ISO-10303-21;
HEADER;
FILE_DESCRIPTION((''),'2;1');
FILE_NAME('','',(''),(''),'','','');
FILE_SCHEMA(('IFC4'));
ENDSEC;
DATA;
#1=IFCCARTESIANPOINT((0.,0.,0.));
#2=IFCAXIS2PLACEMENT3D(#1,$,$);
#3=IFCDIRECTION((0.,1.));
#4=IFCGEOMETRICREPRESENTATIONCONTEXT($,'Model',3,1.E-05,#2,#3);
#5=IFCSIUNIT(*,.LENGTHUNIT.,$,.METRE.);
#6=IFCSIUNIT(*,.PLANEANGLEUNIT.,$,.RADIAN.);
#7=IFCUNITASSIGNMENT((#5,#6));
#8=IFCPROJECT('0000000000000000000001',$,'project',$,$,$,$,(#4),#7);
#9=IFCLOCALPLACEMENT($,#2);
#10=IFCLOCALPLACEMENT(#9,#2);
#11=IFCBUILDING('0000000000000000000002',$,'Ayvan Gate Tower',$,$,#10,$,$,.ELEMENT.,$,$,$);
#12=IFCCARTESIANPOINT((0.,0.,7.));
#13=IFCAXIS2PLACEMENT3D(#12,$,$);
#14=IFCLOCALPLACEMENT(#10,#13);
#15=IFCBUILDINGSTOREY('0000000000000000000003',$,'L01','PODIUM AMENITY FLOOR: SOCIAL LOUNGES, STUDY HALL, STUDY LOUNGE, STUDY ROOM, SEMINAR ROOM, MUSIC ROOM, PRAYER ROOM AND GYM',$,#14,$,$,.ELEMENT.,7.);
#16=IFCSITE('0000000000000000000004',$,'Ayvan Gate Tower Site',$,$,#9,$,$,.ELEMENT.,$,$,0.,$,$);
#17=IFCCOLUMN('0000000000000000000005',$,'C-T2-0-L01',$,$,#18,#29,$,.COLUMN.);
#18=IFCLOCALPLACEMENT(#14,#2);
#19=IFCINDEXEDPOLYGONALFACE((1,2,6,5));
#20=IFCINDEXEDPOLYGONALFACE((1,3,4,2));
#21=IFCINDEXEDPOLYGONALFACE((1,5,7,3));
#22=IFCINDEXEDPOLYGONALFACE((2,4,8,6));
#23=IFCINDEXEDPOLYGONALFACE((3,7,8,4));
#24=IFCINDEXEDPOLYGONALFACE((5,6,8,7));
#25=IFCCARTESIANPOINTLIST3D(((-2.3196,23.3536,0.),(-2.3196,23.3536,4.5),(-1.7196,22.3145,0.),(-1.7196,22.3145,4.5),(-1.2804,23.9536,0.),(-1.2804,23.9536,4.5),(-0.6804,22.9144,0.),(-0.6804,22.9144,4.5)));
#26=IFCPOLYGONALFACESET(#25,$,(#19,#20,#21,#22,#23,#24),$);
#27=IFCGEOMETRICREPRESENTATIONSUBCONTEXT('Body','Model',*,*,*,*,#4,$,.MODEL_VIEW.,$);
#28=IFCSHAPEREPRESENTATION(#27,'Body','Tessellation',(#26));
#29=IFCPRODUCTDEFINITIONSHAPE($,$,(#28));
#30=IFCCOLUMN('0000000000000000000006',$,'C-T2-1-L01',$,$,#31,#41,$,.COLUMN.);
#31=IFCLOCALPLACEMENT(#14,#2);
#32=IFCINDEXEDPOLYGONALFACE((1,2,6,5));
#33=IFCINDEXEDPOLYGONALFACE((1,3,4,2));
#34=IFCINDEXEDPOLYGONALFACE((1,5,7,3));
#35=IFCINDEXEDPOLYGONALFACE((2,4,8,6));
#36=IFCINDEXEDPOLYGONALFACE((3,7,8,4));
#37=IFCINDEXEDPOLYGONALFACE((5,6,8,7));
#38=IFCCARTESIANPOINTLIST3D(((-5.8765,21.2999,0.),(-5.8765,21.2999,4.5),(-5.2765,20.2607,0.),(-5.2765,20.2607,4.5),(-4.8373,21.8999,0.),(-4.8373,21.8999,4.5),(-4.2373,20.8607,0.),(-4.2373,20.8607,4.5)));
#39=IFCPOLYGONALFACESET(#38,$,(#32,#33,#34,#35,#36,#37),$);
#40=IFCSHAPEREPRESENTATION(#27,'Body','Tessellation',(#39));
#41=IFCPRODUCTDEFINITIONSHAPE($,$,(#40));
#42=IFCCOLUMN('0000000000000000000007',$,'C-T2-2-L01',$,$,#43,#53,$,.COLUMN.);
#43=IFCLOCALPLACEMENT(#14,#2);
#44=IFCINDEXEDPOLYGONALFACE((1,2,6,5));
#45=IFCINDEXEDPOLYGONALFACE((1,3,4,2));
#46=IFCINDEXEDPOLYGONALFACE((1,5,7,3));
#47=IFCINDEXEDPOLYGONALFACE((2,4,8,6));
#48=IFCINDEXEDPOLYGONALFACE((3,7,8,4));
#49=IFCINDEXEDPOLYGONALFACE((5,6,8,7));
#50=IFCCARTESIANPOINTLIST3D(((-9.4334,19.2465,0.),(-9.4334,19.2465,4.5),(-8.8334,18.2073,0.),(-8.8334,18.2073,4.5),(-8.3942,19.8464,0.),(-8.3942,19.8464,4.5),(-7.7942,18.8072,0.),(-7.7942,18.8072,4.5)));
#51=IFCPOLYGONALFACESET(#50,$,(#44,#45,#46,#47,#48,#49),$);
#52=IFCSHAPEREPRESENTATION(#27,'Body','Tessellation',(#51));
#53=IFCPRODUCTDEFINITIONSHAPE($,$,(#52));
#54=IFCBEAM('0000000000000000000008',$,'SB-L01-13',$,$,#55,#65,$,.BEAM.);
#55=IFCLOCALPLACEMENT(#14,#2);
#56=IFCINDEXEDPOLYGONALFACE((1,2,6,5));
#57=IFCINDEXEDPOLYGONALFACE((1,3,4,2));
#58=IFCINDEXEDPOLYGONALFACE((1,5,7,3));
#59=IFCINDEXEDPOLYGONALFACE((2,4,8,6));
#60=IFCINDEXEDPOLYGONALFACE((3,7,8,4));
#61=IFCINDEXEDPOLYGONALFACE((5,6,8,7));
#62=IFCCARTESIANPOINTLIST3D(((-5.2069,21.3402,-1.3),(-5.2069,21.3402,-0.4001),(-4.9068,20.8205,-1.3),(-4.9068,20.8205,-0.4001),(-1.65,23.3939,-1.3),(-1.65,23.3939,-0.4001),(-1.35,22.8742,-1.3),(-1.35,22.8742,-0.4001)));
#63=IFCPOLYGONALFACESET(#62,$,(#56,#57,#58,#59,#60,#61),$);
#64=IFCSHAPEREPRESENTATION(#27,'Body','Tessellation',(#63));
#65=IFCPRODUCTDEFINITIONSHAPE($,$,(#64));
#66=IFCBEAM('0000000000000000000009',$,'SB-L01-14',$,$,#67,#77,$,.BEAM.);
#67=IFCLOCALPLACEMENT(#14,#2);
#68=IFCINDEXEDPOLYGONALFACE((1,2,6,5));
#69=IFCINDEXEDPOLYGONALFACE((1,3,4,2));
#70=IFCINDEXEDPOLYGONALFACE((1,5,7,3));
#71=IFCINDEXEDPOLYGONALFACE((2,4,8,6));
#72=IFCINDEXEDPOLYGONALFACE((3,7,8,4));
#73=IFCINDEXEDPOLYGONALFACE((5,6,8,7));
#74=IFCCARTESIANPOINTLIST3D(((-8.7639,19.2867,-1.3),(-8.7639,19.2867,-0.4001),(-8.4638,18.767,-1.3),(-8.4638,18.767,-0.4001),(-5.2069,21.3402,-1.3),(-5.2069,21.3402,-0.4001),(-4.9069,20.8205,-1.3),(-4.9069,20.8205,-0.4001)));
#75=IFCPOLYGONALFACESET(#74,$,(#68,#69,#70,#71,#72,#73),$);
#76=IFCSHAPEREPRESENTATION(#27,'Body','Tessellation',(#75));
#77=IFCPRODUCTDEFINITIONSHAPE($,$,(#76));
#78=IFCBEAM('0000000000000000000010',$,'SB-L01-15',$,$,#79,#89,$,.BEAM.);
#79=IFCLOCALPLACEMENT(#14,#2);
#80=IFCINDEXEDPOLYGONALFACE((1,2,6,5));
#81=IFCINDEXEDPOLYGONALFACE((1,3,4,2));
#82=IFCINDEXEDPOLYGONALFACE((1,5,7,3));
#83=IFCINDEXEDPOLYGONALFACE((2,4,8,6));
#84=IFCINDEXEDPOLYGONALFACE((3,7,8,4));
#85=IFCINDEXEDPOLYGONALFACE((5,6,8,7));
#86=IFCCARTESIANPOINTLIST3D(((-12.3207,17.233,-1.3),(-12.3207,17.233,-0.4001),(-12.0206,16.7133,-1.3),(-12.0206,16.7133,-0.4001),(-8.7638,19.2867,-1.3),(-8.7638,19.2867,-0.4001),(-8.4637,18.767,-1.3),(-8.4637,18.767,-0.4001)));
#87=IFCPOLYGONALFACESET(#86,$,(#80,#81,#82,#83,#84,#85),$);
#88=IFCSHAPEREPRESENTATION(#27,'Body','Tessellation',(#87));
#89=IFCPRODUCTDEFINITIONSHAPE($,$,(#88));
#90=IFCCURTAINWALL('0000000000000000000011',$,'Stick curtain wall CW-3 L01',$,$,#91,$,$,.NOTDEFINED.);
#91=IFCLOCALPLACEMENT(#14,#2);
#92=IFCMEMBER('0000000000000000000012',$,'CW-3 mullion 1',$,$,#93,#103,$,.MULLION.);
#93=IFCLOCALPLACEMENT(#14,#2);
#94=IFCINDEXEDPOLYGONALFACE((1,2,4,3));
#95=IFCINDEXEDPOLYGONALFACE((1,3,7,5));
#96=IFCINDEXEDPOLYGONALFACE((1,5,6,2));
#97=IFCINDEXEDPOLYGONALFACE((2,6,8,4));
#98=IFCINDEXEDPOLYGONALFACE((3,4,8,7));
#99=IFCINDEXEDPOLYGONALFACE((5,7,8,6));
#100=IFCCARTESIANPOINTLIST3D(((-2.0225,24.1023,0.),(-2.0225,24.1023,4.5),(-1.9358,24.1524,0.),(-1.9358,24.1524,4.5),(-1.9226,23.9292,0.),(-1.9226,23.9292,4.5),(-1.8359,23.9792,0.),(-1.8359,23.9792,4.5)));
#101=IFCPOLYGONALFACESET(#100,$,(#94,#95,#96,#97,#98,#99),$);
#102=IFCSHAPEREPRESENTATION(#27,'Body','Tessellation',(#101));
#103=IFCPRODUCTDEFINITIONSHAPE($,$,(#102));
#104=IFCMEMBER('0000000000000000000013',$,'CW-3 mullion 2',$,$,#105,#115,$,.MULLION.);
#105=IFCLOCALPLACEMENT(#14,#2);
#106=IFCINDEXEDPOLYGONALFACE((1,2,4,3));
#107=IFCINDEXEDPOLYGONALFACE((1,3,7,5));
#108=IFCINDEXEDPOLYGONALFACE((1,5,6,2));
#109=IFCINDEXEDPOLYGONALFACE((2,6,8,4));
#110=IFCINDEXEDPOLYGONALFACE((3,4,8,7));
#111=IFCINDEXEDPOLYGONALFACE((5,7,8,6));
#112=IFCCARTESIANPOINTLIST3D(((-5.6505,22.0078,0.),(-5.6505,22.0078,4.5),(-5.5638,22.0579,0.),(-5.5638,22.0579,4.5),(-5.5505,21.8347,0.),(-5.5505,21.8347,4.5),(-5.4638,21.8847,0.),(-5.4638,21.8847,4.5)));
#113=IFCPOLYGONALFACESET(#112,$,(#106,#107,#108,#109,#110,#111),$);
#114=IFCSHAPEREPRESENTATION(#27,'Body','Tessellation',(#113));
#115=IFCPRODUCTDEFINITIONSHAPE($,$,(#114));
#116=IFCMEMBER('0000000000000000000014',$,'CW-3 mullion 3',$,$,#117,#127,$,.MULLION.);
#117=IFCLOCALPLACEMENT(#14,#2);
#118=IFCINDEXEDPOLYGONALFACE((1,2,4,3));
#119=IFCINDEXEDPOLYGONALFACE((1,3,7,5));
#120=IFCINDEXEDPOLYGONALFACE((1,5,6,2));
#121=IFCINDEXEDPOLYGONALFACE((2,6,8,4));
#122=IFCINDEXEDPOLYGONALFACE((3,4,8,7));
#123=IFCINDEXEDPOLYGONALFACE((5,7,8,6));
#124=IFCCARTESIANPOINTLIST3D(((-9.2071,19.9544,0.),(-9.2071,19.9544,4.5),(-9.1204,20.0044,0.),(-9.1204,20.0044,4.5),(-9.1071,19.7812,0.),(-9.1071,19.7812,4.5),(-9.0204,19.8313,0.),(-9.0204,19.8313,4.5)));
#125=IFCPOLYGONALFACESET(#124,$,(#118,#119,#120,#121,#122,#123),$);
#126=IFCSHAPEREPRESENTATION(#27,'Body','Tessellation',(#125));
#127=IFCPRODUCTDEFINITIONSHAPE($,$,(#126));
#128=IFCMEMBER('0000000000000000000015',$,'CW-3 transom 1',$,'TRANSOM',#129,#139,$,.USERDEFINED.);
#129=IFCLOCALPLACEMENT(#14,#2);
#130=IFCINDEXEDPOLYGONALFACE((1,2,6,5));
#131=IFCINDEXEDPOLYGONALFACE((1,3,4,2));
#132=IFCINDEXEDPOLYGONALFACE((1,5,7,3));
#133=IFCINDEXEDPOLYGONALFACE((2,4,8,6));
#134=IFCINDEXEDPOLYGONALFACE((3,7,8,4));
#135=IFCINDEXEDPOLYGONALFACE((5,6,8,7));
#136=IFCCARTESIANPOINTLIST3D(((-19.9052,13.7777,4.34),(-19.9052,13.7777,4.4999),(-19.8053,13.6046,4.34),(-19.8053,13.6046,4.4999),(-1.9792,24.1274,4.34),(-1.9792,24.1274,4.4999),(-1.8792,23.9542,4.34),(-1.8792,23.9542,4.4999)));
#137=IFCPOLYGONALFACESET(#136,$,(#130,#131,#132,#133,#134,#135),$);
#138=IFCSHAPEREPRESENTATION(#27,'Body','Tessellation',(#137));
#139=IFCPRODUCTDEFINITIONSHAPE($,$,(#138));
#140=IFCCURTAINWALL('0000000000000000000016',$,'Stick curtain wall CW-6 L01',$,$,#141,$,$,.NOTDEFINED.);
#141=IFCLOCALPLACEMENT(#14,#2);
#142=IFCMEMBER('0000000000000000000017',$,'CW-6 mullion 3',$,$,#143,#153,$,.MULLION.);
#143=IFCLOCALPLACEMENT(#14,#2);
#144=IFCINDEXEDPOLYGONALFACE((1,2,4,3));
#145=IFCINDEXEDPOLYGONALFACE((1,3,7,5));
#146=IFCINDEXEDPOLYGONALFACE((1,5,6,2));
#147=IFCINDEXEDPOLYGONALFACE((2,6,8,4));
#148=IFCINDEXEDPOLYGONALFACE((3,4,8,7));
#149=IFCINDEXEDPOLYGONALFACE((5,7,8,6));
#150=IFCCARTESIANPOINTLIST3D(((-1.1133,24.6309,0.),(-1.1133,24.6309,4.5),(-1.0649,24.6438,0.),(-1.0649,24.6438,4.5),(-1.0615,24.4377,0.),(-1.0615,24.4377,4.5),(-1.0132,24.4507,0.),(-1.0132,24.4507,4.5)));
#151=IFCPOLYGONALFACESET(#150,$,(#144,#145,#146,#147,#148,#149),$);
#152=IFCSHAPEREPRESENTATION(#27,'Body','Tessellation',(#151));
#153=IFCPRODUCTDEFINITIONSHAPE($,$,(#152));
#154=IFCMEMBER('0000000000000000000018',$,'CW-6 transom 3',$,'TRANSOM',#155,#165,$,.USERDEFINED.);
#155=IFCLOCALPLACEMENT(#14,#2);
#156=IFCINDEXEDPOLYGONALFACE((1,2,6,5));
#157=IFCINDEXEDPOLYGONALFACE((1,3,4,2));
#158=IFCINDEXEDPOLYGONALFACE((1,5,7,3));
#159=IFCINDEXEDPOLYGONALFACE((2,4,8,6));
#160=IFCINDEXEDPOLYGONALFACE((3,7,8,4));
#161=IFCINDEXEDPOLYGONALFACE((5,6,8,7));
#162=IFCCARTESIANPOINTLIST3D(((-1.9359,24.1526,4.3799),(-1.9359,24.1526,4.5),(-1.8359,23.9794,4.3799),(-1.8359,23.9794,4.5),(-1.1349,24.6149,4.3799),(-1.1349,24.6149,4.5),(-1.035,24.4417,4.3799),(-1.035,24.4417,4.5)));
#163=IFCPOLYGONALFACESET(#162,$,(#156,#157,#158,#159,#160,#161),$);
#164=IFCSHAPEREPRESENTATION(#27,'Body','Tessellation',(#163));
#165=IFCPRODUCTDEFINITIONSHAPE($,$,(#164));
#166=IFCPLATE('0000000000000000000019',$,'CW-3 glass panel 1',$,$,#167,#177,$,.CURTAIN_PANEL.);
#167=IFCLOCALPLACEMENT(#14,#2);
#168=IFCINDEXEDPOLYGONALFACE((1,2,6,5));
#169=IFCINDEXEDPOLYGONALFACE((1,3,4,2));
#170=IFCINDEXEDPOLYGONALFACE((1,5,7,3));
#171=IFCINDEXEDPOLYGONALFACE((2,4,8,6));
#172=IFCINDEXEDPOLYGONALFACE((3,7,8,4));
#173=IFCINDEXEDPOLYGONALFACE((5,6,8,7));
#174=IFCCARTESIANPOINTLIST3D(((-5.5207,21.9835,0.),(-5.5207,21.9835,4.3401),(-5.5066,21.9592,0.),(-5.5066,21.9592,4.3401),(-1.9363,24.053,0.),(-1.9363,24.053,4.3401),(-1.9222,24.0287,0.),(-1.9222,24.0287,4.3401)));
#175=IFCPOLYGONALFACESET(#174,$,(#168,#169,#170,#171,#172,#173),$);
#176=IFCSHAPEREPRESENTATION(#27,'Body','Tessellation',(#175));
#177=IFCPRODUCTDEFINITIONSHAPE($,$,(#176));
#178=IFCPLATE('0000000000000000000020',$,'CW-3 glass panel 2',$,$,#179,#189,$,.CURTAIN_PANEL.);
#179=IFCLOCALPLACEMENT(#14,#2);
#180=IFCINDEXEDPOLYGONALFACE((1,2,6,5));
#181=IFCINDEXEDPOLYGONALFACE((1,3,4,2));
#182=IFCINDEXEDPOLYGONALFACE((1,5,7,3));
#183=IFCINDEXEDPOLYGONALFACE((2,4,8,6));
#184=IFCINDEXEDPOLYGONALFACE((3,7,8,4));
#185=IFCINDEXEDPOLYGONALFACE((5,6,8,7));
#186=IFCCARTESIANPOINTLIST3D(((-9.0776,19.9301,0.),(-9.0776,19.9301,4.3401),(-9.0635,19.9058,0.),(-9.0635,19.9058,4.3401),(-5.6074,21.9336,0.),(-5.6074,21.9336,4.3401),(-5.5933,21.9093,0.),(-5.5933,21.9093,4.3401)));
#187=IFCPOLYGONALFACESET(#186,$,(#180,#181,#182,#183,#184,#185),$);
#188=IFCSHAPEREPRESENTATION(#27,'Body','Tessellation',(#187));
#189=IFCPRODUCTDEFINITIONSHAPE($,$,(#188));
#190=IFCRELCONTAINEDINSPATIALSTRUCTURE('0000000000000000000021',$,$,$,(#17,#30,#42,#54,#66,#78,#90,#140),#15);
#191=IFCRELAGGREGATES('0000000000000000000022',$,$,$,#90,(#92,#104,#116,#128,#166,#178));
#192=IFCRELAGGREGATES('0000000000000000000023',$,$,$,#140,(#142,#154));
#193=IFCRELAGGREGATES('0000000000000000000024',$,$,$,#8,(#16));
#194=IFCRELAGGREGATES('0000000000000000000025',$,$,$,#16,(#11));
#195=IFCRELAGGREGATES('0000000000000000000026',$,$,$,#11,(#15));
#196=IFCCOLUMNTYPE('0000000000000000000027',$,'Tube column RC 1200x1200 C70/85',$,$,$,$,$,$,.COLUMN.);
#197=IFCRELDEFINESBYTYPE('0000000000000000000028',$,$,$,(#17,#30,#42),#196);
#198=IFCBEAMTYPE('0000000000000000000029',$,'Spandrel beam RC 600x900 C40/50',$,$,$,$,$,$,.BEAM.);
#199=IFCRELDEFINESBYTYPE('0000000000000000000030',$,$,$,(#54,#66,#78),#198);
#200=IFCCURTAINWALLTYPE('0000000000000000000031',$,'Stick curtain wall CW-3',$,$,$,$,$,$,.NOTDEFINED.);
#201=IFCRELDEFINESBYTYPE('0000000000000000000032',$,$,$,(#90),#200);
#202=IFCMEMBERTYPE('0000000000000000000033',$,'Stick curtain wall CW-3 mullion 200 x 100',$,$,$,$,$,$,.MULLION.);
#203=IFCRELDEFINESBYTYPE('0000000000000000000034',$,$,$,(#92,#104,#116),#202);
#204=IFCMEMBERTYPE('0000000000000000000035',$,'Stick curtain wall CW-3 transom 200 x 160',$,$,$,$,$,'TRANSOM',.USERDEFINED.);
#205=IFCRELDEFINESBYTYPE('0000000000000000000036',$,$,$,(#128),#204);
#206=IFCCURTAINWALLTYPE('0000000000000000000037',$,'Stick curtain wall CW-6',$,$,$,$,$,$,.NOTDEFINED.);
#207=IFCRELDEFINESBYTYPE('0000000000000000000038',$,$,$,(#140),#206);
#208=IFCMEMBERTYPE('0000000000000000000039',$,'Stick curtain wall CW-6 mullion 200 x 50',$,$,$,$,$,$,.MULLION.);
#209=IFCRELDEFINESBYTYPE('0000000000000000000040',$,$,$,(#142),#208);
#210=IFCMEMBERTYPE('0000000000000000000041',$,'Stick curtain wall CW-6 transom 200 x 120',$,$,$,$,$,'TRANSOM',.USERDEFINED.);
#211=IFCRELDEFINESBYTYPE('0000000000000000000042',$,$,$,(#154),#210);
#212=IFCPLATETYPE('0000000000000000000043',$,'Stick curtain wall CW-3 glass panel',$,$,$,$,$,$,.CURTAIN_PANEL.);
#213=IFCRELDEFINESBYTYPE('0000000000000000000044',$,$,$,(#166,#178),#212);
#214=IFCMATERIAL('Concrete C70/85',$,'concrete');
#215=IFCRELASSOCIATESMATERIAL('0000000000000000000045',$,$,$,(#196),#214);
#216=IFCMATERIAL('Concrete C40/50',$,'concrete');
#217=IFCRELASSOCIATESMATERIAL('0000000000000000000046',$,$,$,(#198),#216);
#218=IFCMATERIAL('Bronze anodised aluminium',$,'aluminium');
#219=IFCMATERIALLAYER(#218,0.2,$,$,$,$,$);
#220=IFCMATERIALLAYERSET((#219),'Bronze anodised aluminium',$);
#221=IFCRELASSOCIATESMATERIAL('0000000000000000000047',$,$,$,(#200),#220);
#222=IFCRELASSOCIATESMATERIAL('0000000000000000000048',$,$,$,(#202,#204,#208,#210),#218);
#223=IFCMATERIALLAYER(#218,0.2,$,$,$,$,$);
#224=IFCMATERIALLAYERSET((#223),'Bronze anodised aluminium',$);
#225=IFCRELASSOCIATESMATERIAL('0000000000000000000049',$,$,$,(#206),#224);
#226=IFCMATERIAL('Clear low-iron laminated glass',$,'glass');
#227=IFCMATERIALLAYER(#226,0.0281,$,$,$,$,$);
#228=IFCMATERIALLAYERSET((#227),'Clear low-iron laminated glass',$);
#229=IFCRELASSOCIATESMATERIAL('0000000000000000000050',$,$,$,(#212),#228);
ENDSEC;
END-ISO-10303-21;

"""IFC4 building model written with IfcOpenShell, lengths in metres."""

from ifc_helpers import new_model, si_unit, direction, frame, origin, origin_2d, place, context, subcontext, project, spatial, rectangle, extrude, material, layer, layer_set, material_profile, profile_set, type_object, element, aggregate, save


model = new_model("IFC4")

# Units and contexts
model_context = context("Model", 3, precision=1e-05, world=origin(), true_north=direction((0.0, 1.0)))
body_context = subcontext(model_context, "Body", "Model", "MODEL_VIEW")
ifc_project = project(units=[si_unit("LENGTHUNIT", "METRE"), si_unit("PLANEANGLEUNIT", "RADIAN")], contexts=[model_context])

# Site, building, storey
site_placement = place(None, origin())
site = spatial("IfcSite", under=ifc_project, at=site_placement, Name="Ayvan Gate Tower Site", CompositionType="ELEMENT", RefElevation=0.0)
building_placement = place(site_placement, origin())
building = spatial("IfcBuilding", under=site, at=building_placement, Name="Ayvan Gate Tower", CompositionType="ELEMENT")
storey_placement = place(building_placement, frame((0.0, 0.0, 7.0)))
storey = spatial("IfcBuildingStorey", under=building, at=storey_placement, Name="L01", Description="PODIUM AMENITY FLOOR: SOCIAL LOUNGES, STUDY HALL, STUDY LOUNGE, STUDY ROOM, SEMINAR ROOM, MUSIC ROOM, PRAYER ROOM AND GYM", CompositionType="ELEMENT", Elevation=7.0)

# Columns
ifc_material_1 = material(Name="Concrete C70/85", Category="concrete")
ifc_material_profile_1 = material_profile(ifc_material_1, rectangle(XDim=1.2, YDim=1.2, at=origin_2d()), Name="RC 1200x1200")
ifc_profile_set_1 = profile_set([ifc_material_profile_1], Name="Concrete C70/85")
column_type = type_object("IfcColumnType", Name="Tube column RC 1200x1200 C70/85", PredefinedType="COLUMN", material=ifc_profile_set_1)
for number, where, z_axis, x_axis, name in (
    (1, (-1.5, 23.134, 0.0), (0.0, 0.0, 1.0), (-0.5, 0.866025, 0.0), "C-T2-0-L01"),
    (2, (-5.0569, 21.0803, 0.0), (0.0, 0.0, 1.0), (-0.5, 0.866025, 0.0), "C-T2-1-L01"),
    (3, (-8.6138, 19.0269, 0.0), (0.0, 0.0, 1.0), (-0.5, 0.866025, 0.0), "C-T2-2-L01"),
):
    element("IfcColumn", number, at=place(storey_placement, frame(where, z_axis=z_axis, x_axis=x_axis)), inside=storey, type_object=column_type, Name=name, PredefinedType="COLUMN", context=body_context, shape_type="SweptSolid", body=[
        extrude(rectangle(XDim=1.2, YDim=1.2, at=origin_2d()), origin(), (0.0, 0.0, 1.0), 4.5),
    ])

# Beams
ifc_material_2 = material(Name="Concrete C40/50", Category="concrete")
ifc_material_profile_2 = material_profile(ifc_material_2, rectangle(XDim=0.6001, YDim=0.8999, at=origin_2d()), Name="RC 600x900")
ifc_profile_set_2 = profile_set([ifc_material_profile_2], Name="Concrete C40/50")
beam_type = type_object("IfcBeamType", Name="Spandrel beam RC 600x900 C40/50", PredefinedType="BEAM", material=ifc_profile_set_2)
for number, where, z_axis, x_axis, name in (
    (4, (-1.5, 23.134, -0.8501), (-0.86601, -0.500026, 0.0), (0.500026, -0.86601, 0.0), "SB-L01-13"),
    (5, (-5.0569, 21.0803, -0.8501), (-0.866036, -0.499981, 0.0), (0.499981, -0.866036, 0.0), "SB-L01-14"),
    (6, (-8.6138, 19.0269, -0.8501), (-0.86601, -0.500026, 0.0), (0.500026, -0.86601, 0.0), "SB-L01-15"),
):
    element("IfcBeam", number, at=place(storey_placement, frame(where, z_axis=z_axis, x_axis=x_axis)), inside=storey, type_object=beam_type, Name=name, PredefinedType="BEAM", context=body_context, shape_type="SweptSolid", body=[
        extrude(rectangle(XDim=0.6001, YDim=0.8999, at=origin_2d()), origin(), (0.0, 0.0, 1.0), 4.1072),
    ])

# Curtain walls, members
ifc_material_3 = material(Name="Bronze anodised aluminium", Category="aluminium")
ifc_layer_1 = layer(ifc_material_3, 0.2)
ifc_layer_set_1 = layer_set([ifc_layer_1], Name="Bronze anodised aluminium")
curtain_wall_type_1 = type_object("IfcCurtainWallType", Name="Stick curtain wall CW-3", PredefinedType="NOTDEFINED", material=ifc_layer_set_1)
curtain_wall_1_placement = place(storey_placement, origin())
curtain_wall_1 = element("IfcCurtainWall", 7, at=curtain_wall_1_placement, inside=storey, type_object=curtain_wall_type_1, Name="Stick curtain wall CW-3 L01", PredefinedType="NOTDEFINED")
ifc_material_profile_3 = material_profile(ifc_material_3, rectangle(XDim=0.2, YDim=0.1001, at=origin_2d()), Name="Stick curtain wall CW-3 mullion 200 x 100")
ifc_profile_set_3 = profile_set([ifc_material_profile_3], Name="Bronze anodised aluminium")
member_type_1 = type_object("IfcMemberType", Name="Stick curtain wall CW-3 mullion 200 x 100", PredefinedType="MULLION", material=ifc_profile_set_3)
member_1_placement = place(storey_placement, frame((-1.9292, 24.0408, 0.0), z_axis=(0.0, 0.0, 1.0), x_axis=(-0.5, 0.866025, 0.0)))
member_1 = element("IfcMember", 8, at=member_1_placement, type_object=member_type_1, Name="CW-3 mullion 1", PredefinedType="MULLION", context=body_context, shape_type="SweptSolid", body=[
    extrude(rectangle(XDim=0.2, YDim=0.1001, at=origin_2d()), origin(), (0.0, 0.0, 1.0), 4.5),
])
member_2_placement = place(storey_placement, frame((-5.5571, 21.9463, 0.0), z_axis=(0.0, 0.0, 1.0), x_axis=(-0.5, 0.866025, 0.0)))
member_2 = element("IfcMember", 9, at=member_2_placement, type_object=member_type_1, Name="CW-3 mullion 2", PredefinedType="MULLION", context=body_context, shape_type="SweptSolid", body=[
    extrude(rectangle(XDim=0.2, YDim=0.1001, at=origin_2d()), origin(), (0.0, 0.0, 1.0), 4.5),
])
member_3_placement = place(storey_placement, frame((-9.1138, 19.8928, 0.0), z_axis=(0.0, 0.0, 1.0), x_axis=(-0.5, 0.866025, 0.0)))
member_3 = element("IfcMember", 10, at=member_3_placement, type_object=member_type_1, Name="CW-3 mullion 3", PredefinedType="MULLION", context=body_context, shape_type="SweptSolid", body=[
    extrude(rectangle(XDim=0.2, YDim=0.1001, at=origin_2d()), origin(), (0.0, 0.0, 1.0), 4.5),
])
ifc_material_profile_4 = material_profile(ifc_material_3, rectangle(XDim=0.2, YDim=0.1599, at=origin_2d()), Name="Stick curtain wall CW-3 transom 200 x 160")
ifc_profile_set_4 = profile_set([ifc_material_profile_4], Name="Bronze anodised aluminium")
member_type_2 = type_object("IfcMemberType", Name="Stick curtain wall CW-3 transom 200 x 160", ElementType="TRANSOM", PredefinedType="USERDEFINED", material=ifc_profile_set_4)
member_4_placement = place(storey_placement, frame((-1.9292, 24.0408, 4.4199), z_axis=(-0.866025, -0.5, 0.0), x_axis=(0.5, -0.866025, 0.0)))
member_4 = element("IfcMember", 11, at=member_4_placement, type_object=member_type_2, Name="CW-3 transom 1", ObjectType="TRANSOM", PredefinedType="USERDEFINED", context=body_context, shape_type="SweptSolid", body=[
    extrude(rectangle(XDim=0.2, YDim=0.1599, at=origin_2d()), origin(), (0.0, 0.0, 1.0), 20.6992),
])
ifc_layer_2 = layer(ifc_material_3, 0.2)
ifc_layer_set_2 = layer_set([ifc_layer_2], Name="Bronze anodised aluminium")
curtain_wall_type_2 = type_object("IfcCurtainWallType", Name="Stick curtain wall CW-6", PredefinedType="NOTDEFINED", material=ifc_layer_set_2)
curtain_wall_2_placement = place(storey_placement, origin())
curtain_wall_2 = element("IfcCurtainWall", 12, at=curtain_wall_2_placement, inside=storey, type_object=curtain_wall_type_2, Name="Stick curtain wall CW-6 L01", PredefinedType="NOTDEFINED")
ifc_material_profile_5 = material_profile(ifc_material_3, rectangle(XDim=0.2, YDim=0.05, at=origin_2d()), Name="Stick curtain wall CW-6 mullion 200 x 50")
ifc_profile_set_5 = profile_set([ifc_material_profile_5], Name="Bronze anodised aluminium")
member_type_3 = type_object("IfcMemberType", Name="Stick curtain wall CW-6 mullion 200 x 50", PredefinedType="MULLION", material=ifc_profile_set_5)
member_5_placement = place(storey_placement, frame((-1.0632, 24.5408, 0.0), z_axis=(0.0, 0.0, 1.0), x_axis=(-0.258819, 0.965926, 0.0)))
member_5 = element("IfcMember", 13, at=member_5_placement, type_object=member_type_3, Name="CW-6 mullion 3", PredefinedType="MULLION", context=body_context, shape_type="SweptSolid", body=[
    extrude(rectangle(XDim=0.2, YDim=0.05, at=origin_2d()), origin(), (0.0, 0.0, 1.0), 4.5),
])
ifc_material_profile_6 = material_profile(ifc_material_3, rectangle(XDim=0.2, YDim=0.1201, at=origin_2d()), Name="Stick curtain wall CW-6 transom 200 x 120")
ifc_profile_set_6 = profile_set([ifc_material_profile_6], Name="Bronze anodised aluminium")
member_type_4 = type_object("IfcMemberType", Name="Stick curtain wall CW-6 transom 200 x 120", ElementType="TRANSOM", PredefinedType="USERDEFINED", material=ifc_profile_set_6)
member_6_placement = place(storey_placement, frame((-1.085, 24.5283, 4.4399), z_axis=(-0.866058, -0.499943, 0.0), x_axis=(0.499943, -0.866058, 0.0)))
member_6 = element("IfcMember", 14, at=member_6_placement, type_object=member_type_4, Name="CW-6 transom 3", ObjectType="TRANSOM", PredefinedType="USERDEFINED", context=body_context, shape_type="SweptSolid", body=[
    extrude(rectangle(XDim=0.2, YDim=0.1201, at=origin_2d()), origin(), (0.0, 0.0, 1.0), 0.9248),
])

# Plates
ifc_material_4 = material(Name="Clear low-iron laminated glass", Category="glass")
ifc_layer_3 = layer(ifc_material_4, 0.0281)
ifc_layer_set_3 = layer_set([ifc_layer_3], Name="Clear low-iron laminated glass")
plate_type_1 = type_object("IfcPlateType", Name="Stick curtain wall CW-3 glass panel", PredefinedType="CURTAIN_PANEL", material=ifc_layer_set_3)
plate_1_placement = place(storey_placement, frame((-3.7214, 23.0061, 0.0), z_axis=(0.0, 0.0, 1.0), x_axis=(-0.866025, -0.5, 0.0)))
plate_1 = element("IfcPlate", 15, at=plate_1_placement, type_object=plate_type_1, Name="CW-3 glass panel 1", PredefinedType="CURTAIN_PANEL", context=body_context, shape_type="SweptSolid", body=[
    extrude(rectangle(XDim=4.1389, YDim=0.0281, at=origin_2d()), origin(), (0.0, 0.0, 1.0), 4.3401),
])
plate_2_placement = place(storey_placement, frame((-7.3354, 20.9197, 0.0), z_axis=(0.0, 0.0, 1.0), x_axis=(-0.866025, -0.5, 0.0)))
plate_2 = element("IfcPlate", 16, at=plate_2_placement, type_object=plate_type_1, Name="CW-3 glass panel 2", PredefinedType="CURTAIN_PANEL", context=body_context, shape_type="SweptSolid", body=[
    extrude(rectangle(XDim=4.0071, YDim=0.0281, at=origin_2d()), origin(), (0.0, 0.0, 1.0), 4.3401),
])
aggregate(curtain_wall_1, [member_1, member_2, member_3, member_4, plate_1, plate_2])
aggregate(curtain_wall_2, [member_5, member_6])

save(model, "model.ifc")
